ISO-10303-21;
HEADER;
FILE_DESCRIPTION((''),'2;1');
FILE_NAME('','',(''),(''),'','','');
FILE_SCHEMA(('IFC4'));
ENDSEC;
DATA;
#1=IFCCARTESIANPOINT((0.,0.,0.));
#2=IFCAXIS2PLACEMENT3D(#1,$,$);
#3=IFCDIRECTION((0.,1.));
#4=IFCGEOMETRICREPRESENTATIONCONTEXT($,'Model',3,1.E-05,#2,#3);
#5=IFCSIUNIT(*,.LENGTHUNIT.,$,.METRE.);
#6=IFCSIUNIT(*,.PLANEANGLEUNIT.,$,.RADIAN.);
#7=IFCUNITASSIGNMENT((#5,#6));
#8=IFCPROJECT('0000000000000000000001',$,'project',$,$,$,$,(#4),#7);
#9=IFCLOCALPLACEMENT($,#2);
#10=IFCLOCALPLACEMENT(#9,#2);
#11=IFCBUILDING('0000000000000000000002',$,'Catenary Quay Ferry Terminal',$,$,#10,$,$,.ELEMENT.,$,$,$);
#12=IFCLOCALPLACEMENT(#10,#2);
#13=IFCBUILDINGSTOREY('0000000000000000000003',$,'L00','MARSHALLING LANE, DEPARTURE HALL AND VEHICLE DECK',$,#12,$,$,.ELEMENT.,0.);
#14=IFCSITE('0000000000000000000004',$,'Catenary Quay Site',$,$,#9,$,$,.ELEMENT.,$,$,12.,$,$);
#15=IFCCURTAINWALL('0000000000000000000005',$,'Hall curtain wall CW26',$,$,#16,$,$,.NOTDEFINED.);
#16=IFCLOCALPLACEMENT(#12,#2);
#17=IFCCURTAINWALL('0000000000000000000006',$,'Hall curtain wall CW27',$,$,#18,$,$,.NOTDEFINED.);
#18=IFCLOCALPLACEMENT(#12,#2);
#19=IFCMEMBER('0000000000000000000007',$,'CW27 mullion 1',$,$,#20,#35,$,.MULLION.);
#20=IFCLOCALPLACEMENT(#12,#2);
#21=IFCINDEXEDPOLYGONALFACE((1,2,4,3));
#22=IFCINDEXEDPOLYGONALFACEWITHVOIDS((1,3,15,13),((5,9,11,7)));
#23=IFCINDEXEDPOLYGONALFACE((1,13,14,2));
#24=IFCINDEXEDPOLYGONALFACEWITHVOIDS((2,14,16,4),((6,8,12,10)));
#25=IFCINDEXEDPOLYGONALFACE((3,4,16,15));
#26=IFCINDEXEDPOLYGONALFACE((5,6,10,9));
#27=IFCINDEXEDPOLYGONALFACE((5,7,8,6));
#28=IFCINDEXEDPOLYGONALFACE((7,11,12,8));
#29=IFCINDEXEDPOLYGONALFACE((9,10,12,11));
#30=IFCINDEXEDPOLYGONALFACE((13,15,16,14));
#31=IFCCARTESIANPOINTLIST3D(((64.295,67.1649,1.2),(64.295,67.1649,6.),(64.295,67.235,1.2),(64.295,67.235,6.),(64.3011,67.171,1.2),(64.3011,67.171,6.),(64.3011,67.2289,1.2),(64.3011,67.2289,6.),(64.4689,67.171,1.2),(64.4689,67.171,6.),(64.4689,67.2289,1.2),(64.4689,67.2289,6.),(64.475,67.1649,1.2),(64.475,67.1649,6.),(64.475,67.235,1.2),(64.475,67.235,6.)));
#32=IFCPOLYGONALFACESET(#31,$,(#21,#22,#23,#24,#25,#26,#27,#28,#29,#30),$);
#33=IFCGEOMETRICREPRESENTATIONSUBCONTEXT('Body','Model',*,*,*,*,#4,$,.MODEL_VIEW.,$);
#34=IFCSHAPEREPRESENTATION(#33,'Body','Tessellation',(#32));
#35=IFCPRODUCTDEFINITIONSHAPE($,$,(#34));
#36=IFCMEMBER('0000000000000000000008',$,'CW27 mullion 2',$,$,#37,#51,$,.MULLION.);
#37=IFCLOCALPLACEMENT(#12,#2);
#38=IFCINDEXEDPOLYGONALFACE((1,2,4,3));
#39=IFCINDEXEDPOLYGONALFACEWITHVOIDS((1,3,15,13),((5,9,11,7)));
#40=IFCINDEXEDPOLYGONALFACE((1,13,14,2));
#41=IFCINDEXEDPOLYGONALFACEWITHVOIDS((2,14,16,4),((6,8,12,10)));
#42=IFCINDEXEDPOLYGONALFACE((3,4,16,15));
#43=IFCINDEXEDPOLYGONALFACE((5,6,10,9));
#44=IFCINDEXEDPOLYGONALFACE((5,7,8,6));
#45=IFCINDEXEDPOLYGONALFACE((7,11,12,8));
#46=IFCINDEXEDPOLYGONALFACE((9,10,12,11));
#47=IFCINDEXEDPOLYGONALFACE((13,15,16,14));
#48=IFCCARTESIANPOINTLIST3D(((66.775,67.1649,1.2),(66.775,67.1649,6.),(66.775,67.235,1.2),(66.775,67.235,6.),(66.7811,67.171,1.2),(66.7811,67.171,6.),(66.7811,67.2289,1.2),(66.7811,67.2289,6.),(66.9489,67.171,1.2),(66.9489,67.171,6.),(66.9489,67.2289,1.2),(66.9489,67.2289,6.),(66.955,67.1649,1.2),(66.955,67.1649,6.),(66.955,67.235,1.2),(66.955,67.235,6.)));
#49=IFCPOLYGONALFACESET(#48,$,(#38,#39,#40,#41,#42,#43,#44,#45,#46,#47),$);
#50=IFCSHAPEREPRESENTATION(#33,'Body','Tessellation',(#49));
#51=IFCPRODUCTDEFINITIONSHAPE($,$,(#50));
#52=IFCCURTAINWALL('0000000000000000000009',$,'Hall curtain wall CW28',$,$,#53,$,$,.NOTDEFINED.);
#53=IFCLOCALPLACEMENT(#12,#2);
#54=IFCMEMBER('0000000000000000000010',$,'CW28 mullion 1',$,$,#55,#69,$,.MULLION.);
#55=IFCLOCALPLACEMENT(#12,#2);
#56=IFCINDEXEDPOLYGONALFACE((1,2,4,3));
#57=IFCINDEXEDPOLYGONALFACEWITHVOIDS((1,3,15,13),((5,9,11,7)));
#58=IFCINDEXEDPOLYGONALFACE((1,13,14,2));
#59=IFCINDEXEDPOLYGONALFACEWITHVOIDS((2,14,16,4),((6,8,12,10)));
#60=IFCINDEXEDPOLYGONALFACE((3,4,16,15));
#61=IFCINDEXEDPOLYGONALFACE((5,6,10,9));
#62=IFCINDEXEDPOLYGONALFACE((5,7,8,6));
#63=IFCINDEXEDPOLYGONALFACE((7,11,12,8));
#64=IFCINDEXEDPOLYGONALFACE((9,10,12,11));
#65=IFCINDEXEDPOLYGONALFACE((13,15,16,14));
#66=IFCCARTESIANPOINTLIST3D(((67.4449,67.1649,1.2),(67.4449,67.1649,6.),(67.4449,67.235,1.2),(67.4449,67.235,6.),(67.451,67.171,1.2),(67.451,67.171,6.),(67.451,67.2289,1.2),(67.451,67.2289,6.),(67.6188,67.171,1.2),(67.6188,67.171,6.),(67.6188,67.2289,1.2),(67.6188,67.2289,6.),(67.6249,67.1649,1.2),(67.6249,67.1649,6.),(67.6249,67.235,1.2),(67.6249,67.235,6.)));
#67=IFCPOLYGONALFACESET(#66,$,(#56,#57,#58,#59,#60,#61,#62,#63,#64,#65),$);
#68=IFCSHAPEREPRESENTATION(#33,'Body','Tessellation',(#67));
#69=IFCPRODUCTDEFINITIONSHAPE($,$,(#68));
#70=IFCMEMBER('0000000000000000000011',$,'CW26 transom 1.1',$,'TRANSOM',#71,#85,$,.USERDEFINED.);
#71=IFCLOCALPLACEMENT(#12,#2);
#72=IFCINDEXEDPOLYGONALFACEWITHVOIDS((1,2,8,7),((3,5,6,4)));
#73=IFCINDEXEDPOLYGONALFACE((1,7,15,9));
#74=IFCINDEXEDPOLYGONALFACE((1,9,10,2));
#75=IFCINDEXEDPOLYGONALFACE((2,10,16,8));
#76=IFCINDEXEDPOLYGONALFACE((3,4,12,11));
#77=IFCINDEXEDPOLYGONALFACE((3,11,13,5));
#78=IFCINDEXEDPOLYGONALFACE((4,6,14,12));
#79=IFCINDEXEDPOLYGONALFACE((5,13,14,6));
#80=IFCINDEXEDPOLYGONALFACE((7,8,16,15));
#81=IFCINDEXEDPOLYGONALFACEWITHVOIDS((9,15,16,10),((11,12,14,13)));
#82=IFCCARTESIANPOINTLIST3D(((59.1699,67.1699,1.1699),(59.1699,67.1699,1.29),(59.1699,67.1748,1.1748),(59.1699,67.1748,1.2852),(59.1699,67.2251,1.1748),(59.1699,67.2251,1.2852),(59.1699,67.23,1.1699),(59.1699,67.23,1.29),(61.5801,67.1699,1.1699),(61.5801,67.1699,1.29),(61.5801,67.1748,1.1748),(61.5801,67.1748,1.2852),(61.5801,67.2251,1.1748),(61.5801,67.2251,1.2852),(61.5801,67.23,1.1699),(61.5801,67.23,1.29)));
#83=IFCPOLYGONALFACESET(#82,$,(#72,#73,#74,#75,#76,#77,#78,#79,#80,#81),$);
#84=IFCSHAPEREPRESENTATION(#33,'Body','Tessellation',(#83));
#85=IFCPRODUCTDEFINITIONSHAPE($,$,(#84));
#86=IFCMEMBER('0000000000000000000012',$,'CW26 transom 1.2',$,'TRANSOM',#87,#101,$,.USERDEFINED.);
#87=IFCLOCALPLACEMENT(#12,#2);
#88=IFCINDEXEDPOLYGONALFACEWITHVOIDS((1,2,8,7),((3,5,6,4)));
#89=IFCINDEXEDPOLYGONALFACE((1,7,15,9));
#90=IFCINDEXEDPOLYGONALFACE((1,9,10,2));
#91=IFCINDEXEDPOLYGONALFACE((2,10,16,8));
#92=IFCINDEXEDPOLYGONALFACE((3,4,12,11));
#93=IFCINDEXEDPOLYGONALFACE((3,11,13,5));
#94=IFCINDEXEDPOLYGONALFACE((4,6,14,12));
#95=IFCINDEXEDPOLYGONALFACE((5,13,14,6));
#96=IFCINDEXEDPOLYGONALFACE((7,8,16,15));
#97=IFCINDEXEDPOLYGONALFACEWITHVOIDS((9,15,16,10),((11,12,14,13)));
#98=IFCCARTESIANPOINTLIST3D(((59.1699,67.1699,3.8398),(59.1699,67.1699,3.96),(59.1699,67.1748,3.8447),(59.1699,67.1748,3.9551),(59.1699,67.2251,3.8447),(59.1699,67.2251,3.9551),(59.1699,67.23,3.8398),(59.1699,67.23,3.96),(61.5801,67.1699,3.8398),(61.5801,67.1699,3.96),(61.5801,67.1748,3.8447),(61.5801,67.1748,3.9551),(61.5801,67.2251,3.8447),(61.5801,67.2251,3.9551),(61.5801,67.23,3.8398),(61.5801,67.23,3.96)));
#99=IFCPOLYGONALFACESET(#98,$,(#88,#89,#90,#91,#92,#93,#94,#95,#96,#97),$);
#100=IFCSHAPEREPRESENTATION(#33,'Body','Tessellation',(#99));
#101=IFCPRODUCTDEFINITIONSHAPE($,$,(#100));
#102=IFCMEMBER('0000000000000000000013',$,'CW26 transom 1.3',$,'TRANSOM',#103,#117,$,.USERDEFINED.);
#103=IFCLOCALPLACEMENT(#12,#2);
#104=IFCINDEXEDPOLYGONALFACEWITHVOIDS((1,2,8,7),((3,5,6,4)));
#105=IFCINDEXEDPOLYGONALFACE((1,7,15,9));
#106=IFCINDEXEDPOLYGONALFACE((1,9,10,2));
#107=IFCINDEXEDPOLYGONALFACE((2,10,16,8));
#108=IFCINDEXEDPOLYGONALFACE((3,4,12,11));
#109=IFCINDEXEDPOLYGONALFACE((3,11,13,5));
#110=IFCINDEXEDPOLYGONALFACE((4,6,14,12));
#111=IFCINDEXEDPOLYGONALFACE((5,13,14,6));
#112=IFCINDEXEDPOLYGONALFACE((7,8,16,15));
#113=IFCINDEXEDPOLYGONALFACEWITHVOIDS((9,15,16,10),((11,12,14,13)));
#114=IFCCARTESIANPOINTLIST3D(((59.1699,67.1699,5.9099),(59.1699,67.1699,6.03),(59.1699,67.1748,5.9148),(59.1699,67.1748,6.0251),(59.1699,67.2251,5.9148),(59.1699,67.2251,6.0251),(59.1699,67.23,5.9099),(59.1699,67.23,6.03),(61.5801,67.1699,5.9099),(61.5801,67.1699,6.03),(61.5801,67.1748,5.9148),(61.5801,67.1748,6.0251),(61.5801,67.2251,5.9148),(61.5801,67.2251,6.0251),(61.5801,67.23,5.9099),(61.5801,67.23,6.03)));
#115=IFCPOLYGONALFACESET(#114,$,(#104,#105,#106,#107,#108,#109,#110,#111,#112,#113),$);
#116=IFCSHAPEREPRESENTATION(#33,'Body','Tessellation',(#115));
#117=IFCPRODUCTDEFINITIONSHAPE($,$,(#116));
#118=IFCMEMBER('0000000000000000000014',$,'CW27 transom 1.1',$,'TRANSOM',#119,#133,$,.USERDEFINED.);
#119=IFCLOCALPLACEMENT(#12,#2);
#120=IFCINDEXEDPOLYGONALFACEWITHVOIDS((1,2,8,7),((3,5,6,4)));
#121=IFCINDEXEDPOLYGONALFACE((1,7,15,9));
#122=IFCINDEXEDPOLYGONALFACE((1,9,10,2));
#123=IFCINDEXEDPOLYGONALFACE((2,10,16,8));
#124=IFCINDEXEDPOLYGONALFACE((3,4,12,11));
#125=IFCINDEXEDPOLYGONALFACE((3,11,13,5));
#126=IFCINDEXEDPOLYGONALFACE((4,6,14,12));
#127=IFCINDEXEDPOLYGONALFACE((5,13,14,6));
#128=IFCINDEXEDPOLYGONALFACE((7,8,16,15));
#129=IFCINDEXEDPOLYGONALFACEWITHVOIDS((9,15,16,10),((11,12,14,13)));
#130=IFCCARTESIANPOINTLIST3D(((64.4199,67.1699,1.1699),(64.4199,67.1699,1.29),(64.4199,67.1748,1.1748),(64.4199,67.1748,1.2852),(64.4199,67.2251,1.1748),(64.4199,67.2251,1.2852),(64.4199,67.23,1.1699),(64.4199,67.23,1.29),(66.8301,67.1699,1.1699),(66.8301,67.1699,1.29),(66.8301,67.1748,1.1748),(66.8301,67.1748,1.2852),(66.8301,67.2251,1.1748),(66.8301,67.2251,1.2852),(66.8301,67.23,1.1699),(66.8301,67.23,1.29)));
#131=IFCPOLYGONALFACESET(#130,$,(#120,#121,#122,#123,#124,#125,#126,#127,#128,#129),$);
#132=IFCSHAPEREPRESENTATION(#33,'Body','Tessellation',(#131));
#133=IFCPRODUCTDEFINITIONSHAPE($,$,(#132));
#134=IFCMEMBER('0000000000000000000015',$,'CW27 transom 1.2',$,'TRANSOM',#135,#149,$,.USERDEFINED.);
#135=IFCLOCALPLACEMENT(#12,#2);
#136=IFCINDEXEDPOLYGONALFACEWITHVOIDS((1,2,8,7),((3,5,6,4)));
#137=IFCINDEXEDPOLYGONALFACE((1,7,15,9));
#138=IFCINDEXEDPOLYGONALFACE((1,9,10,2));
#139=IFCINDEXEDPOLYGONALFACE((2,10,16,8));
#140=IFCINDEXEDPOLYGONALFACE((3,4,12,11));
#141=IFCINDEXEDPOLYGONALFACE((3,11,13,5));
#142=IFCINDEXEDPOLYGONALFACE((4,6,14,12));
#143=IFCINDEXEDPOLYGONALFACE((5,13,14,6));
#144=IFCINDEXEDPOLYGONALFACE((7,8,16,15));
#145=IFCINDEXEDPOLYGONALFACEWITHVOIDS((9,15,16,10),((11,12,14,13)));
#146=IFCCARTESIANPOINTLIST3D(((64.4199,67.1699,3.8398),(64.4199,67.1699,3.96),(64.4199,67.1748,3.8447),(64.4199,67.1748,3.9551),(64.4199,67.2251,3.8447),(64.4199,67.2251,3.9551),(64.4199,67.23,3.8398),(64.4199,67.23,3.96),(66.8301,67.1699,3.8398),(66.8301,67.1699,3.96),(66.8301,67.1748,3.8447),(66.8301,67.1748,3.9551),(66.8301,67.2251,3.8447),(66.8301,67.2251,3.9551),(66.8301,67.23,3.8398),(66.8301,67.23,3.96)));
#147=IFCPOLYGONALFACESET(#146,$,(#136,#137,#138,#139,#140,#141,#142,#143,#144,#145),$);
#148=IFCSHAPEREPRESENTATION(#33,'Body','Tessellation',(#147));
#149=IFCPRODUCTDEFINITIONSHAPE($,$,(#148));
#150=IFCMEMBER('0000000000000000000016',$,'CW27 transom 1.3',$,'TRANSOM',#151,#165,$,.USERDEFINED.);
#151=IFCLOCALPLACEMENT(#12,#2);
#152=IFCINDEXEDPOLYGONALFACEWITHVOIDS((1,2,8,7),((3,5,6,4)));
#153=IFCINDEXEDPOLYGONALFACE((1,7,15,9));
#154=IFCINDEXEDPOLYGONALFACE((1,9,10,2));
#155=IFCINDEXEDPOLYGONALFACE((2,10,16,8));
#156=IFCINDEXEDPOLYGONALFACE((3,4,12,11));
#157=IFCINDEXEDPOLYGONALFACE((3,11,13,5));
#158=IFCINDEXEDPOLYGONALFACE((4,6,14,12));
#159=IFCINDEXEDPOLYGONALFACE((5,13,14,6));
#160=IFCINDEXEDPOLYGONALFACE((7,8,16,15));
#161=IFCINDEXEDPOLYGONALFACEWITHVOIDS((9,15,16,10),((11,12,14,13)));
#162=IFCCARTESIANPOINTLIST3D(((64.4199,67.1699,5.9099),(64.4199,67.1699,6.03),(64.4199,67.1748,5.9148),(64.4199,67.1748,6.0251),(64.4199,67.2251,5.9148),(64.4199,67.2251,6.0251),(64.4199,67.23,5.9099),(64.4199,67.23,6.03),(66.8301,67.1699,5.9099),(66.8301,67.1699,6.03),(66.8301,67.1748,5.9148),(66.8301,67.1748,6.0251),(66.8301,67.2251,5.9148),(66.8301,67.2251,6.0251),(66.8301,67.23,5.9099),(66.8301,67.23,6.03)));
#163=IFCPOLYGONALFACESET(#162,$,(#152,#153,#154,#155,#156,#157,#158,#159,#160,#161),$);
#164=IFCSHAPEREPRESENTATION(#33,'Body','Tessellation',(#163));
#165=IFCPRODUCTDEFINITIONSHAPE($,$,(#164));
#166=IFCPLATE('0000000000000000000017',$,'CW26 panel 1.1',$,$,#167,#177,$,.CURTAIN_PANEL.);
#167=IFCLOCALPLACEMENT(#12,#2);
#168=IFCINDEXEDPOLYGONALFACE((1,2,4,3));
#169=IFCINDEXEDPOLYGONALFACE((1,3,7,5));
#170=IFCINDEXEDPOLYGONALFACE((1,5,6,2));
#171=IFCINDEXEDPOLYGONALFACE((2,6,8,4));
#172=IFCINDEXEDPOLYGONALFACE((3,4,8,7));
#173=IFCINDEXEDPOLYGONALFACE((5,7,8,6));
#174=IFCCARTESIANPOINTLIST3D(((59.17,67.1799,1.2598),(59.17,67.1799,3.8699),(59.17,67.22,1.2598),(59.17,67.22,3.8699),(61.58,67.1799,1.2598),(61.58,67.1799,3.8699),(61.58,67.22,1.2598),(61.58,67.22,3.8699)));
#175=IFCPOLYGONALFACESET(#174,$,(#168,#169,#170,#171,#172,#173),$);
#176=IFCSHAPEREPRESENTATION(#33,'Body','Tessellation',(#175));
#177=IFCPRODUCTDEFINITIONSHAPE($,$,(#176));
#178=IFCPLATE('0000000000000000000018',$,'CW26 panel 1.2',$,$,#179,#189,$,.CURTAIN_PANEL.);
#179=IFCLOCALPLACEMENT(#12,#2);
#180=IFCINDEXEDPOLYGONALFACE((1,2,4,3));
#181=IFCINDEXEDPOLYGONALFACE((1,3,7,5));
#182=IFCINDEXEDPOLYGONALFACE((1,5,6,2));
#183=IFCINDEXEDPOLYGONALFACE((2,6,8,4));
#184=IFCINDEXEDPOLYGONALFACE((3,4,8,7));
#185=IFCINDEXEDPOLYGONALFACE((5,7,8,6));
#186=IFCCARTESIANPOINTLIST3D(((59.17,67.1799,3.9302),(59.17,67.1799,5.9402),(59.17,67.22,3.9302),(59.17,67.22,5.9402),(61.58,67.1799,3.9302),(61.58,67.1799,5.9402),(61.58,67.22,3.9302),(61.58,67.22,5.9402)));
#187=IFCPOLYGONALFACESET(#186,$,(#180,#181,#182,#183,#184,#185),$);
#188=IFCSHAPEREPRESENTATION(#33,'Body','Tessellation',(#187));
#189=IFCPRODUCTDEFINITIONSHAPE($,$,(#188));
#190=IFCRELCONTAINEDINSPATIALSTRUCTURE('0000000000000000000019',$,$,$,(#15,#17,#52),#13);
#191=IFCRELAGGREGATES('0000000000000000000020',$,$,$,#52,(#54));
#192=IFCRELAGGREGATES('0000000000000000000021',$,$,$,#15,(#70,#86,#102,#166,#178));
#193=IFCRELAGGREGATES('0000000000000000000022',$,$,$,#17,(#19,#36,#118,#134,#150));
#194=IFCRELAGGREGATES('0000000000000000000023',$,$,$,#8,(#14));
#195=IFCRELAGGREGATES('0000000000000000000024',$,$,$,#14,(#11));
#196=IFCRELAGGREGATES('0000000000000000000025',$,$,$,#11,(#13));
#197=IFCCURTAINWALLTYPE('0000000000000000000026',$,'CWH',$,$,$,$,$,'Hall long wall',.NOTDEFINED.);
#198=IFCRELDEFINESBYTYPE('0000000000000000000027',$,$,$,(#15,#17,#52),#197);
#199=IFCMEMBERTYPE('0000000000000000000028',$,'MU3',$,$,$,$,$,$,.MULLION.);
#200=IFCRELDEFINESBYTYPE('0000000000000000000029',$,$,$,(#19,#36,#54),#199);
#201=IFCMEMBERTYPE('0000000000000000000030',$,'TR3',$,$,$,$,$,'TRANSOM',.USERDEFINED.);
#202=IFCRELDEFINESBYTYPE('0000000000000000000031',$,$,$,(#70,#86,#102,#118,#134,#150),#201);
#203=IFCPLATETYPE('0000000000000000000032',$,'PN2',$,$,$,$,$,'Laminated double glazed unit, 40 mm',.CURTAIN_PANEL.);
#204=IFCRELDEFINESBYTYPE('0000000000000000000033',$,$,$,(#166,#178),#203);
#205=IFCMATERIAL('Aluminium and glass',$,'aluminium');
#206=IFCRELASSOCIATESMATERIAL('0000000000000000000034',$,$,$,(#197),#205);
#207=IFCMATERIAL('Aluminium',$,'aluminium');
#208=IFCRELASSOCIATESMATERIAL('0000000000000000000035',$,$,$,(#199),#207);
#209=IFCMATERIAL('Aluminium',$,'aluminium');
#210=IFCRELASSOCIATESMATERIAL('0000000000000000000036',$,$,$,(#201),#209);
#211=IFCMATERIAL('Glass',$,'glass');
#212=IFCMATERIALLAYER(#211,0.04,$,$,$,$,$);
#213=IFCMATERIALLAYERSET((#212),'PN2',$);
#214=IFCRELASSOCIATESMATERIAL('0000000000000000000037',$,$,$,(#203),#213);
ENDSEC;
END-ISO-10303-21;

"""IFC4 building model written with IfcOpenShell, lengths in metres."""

from ifc_helpers import new_model, si_unit, direction, frame, origin, origin_2d, place, context, subcontext, project, spatial, rectangle, hollow_rectangle, extrude, material, layer, layer_set, material_profile, profile_set, type_object, element, aggregate, save


model = new_model("IFC4")

# Units and contexts
model_context = context("Model", 3, precision=1e-05, world=origin(), true_north=direction((0.0, 1.0)))
body_context = subcontext(model_context, "Body", "Model", "MODEL_VIEW")
ifc_project = project(units=[si_unit("LENGTHUNIT", "METRE"), si_unit("PLANEANGLEUNIT", "RADIAN")], contexts=[model_context])

# Site, building, storey
site_placement = place(None, origin())
site = spatial("IfcSite", under=ifc_project, at=site_placement, Name="Catenary Quay Site", CompositionType="ELEMENT", RefElevation=12.0)
building_placement = place(site_placement, origin())
building = spatial("IfcBuilding", under=site, at=building_placement, Name="Catenary Quay Ferry Terminal", CompositionType="ELEMENT")
storey_placement = place(building_placement, origin())
storey = spatial("IfcBuildingStorey", under=building, at=storey_placement, Name="L00", Description="MARSHALLING LANE, DEPARTURE HALL AND VEHICLE DECK", CompositionType="ELEMENT", Elevation=0.0)

# Curtain walls, members
ifc_material_1 = material(Name="Aluminium and glass", Category="aluminium")
curtain_wall_type = type_object("IfcCurtainWallType", Name="CWH", ElementType="Hall long wall", PredefinedType="NOTDEFINED", material=ifc_material_1)
curtain_wall_1_placement = place(storey_placement, origin())
curtain_wall_1 = element("IfcCurtainWall", 1, at=curtain_wall_1_placement, inside=storey, type_object=curtain_wall_type, Name="Hall curtain wall CW26", PredefinedType="NOTDEFINED")
ifc_material_2 = material(Name="Aluminium", Category="aluminium")
ifc_material_profile_1 = material_profile(ifc_material_2, hollow_rectangle(XDim=0.0701, YDim=0.1799, WallThickness=0.0061, at=origin_2d()), Name="MU3")
ifc_profile_set_1 = profile_set([ifc_material_profile_1], Name="Aluminium")
member_type_1 = type_object("IfcMemberType", Name="MU3", PredefinedType="MULLION", material=ifc_profile_set_1)
curtain_wall_2_placement = place(storey_placement, origin())
curtain_wall_2 = element("IfcCurtainWall", 2, at=curtain_wall_2_placement, inside=storey, type_object=curtain_wall_type, Name="Hall curtain wall CW27", PredefinedType="NOTDEFINED")
member_1_placement = place(storey_placement, frame((64.385, 67.2, 1.2), z_axis=(0.0, 0.0, 1.0), x_axis=(0.0, 1.0, 0.0)))
member_1 = element("IfcMember", 3, at=member_1_placement, type_object=member_type_1, Name="CW27 mullion 1", PredefinedType="MULLION", context=body_context, shape_type="SweptSolid", body=[
    extrude(hollow_rectangle(XDim=0.0701, YDim=0.1799, WallThickness=0.0061, at=origin_2d()), origin(), (0.0, 0.0, 1.0), 4.8),
])
member_2_placement = place(storey_placement, frame((66.865, 67.2, 1.2), z_axis=(0.0, 0.0, 1.0), x_axis=(0.0, 1.0, 0.0)))
member_2 = element("IfcMember", 4, at=member_2_placement, type_object=member_type_1, Name="CW27 mullion 2", PredefinedType="MULLION", context=body_context, shape_type="SweptSolid", body=[
    extrude(hollow_rectangle(XDim=0.0701, YDim=0.1799, WallThickness=0.0061, at=origin_2d()), origin(), (0.0, 0.0, 1.0), 4.8),
])

# Curtain wall, member
curtain_wall_3_placement = place(storey_placement, origin())
curtain_wall_3 = element("IfcCurtainWall", 5, at=curtain_wall_3_placement, inside=storey, type_object=curtain_wall_type, Name="Hall curtain wall CW28", PredefinedType="NOTDEFINED")
member_3_placement = place(storey_placement, frame((67.5349, 67.2, 1.2), z_axis=(0.0, 0.0, 1.0), x_axis=(0.0, 1.0, 0.0)))
member_3 = element("IfcMember", 6, at=member_3_placement, type_object=member_type_1, Name="CW28 mullion 1", PredefinedType="MULLION", context=body_context, shape_type="SweptSolid", body=[
    extrude(hollow_rectangle(XDim=0.0701, YDim=0.1799, WallThickness=0.0061, at=origin_2d()), origin(), (0.0, 0.0, 1.0), 4.8),
])
aggregate(curtain_wall_3, [member_3])

# Members
ifc_material_3 = material(Name="Aluminium", Category="aluminium")
ifc_material_profile_2 = material_profile(ifc_material_3, hollow_rectangle(XDim=0.0601, YDim=0.1201, WallThickness=0.0049, at=origin_2d()), Name="TR3")
ifc_profile_set_2 = profile_set([ifc_material_profile_2], Name="Aluminium")
member_type_2 = type_object("IfcMemberType", Name="TR3", ElementType="TRANSOM", PredefinedType="USERDEFINED", material=ifc_profile_set_2)
member_4_placement = place(storey_placement, frame((59.1699, 67.2, 1.23), z_axis=(1.0, 0.0, 0.0), x_axis=(0.0, 1.0, 0.0)))
member_4 = element("IfcMember", 7, at=member_4_placement, type_object=member_type_2, Name="CW26 transom 1.1", ObjectType="TRANSOM", PredefinedType="USERDEFINED", context=body_context, shape_type="SweptSolid", body=[
    extrude(hollow_rectangle(XDim=0.0601, YDim=0.1201, WallThickness=0.0049, at=origin_2d()), origin(), (0.0, 0.0, 1.0), 2.4102),
])
member_5_placement = place(storey_placement, frame((59.1699, 67.2, 3.8999), z_axis=(1.0, 0.0, 0.0), x_axis=(0.0, 1.0, 0.0)))
member_5 = element("IfcMember", 8, at=member_5_placement, type_object=member_type_2, Name="CW26 transom 1.2", ObjectType="TRANSOM", PredefinedType="USERDEFINED", context=body_context, shape_type="SweptSolid", body=[
    extrude(hollow_rectangle(XDim=0.0601, YDim=0.1201, WallThickness=0.0049, at=origin_2d()), origin(), (0.0, 0.0, 1.0), 2.4102),
])
member_6_placement = place(storey_placement, frame((59.1699, 67.2, 5.97), z_axis=(1.0, 0.0, 0.0), x_axis=(0.0, 1.0, 0.0)))
member_6 = element("IfcMember", 9, at=member_6_placement, type_object=member_type_2, Name="CW26 transom 1.3", ObjectType="TRANSOM", PredefinedType="USERDEFINED", context=body_context, shape_type="SweptSolid", body=[
    extrude(hollow_rectangle(XDim=0.0601, YDim=0.1201, WallThickness=0.0049, at=origin_2d()), origin(), (0.0, 0.0, 1.0), 2.4102),
])
member_7_placement = place(storey_placement, frame((64.4199, 67.2, 1.23), z_axis=(1.0, 0.0, 0.0), x_axis=(0.0, 1.0, 0.0)))
member_7 = element("IfcMember", 10, at=member_7_placement, type_object=member_type_2, Name="CW27 transom 1.1", ObjectType="TRANSOM", PredefinedType="USERDEFINED", context=body_context, shape_type="SweptSolid", body=[
    extrude(hollow_rectangle(XDim=0.0601, YDim=0.1201, WallThickness=0.0049, at=origin_2d()), origin(), (0.0, 0.0, 1.0), 2.4102),
])
member_8_placement = place(storey_placement, frame((64.4199, 67.2, 3.8999), z_axis=(1.0, 0.0, 0.0), x_axis=(0.0, 1.0, 0.0)))
member_8 = element("IfcMember", 11, at=member_8_placement, type_object=member_type_2, Name="CW27 transom 1.2", ObjectType="TRANSOM", PredefinedType="USERDEFINED", context=body_context, shape_type="SweptSolid", body=[
    extrude(hollow_rectangle(XDim=0.0601, YDim=0.1201, WallThickness=0.0049, at=origin_2d()), origin(), (0.0, 0.0, 1.0), 2.4102),
])
member_9_placement = place(storey_placement, frame((64.4199, 67.2, 5.97), z_axis=(1.0, 0.0, 0.0), x_axis=(0.0, 1.0, 0.0)))
member_9 = element("IfcMember", 12, at=member_9_placement, type_object=member_type_2, Name="CW27 transom 1.3", ObjectType="TRANSOM", PredefinedType="USERDEFINED", context=body_context, shape_type="SweptSolid", body=[
    extrude(hollow_rectangle(XDim=0.0601, YDim=0.1201, WallThickness=0.0049, at=origin_2d()), origin(), (0.0, 0.0, 1.0), 2.4102),
])

# Plates
ifc_material_4 = material(Name="Glass", Category="glass")
ifc_layer_1 = layer(ifc_material_4, 0.04)
ifc_layer_set_1 = layer_set([ifc_layer_1], Name="PN2")
plate_type = type_object("IfcPlateType", Name="PN2", ElementType="Laminated double glazed unit, 40 mm", PredefinedType="CURTAIN_PANEL", material=ifc_layer_set_1)
plate_1_placement = place(storey_placement, frame((60.375, 67.2, 1.2598), z_axis=(0.0, 0.0, 1.0), x_axis=(1.0, 0.0, 0.0)))
plate_1 = element("IfcPlate", 13, at=plate_1_placement, type_object=plate_type, Name="CW26 panel 1.1", PredefinedType="CURTAIN_PANEL", context=body_context, shape_type="SweptSolid", body=[
    extrude(rectangle(XDim=2.4099, YDim=0.04, at=origin_2d()), origin(), (0.0, 0.0, 1.0), 2.6101),
])
plate_2_placement = place(storey_placement, frame((60.375, 67.2, 3.9302), z_axis=(0.0, 0.0, 1.0), x_axis=(1.0, 0.0, 0.0)))
plate_2 = element("IfcPlate", 14, at=plate_2_placement, type_object=plate_type, Name="CW26 panel 1.2", PredefinedType="CURTAIN_PANEL", context=body_context, shape_type="SweptSolid", body=[
    extrude(rectangle(XDim=2.4099, YDim=0.04, at=origin_2d()), origin(), (0.0, 0.0, 1.0), 2.01),
])
aggregate(curtain_wall_1, [member_4, member_5, member_6, plate_1, plate_2])
aggregate(curtain_wall_2, [member_1, member_2, member_7, member_8, member_9])

save(model, "model.ifc")
